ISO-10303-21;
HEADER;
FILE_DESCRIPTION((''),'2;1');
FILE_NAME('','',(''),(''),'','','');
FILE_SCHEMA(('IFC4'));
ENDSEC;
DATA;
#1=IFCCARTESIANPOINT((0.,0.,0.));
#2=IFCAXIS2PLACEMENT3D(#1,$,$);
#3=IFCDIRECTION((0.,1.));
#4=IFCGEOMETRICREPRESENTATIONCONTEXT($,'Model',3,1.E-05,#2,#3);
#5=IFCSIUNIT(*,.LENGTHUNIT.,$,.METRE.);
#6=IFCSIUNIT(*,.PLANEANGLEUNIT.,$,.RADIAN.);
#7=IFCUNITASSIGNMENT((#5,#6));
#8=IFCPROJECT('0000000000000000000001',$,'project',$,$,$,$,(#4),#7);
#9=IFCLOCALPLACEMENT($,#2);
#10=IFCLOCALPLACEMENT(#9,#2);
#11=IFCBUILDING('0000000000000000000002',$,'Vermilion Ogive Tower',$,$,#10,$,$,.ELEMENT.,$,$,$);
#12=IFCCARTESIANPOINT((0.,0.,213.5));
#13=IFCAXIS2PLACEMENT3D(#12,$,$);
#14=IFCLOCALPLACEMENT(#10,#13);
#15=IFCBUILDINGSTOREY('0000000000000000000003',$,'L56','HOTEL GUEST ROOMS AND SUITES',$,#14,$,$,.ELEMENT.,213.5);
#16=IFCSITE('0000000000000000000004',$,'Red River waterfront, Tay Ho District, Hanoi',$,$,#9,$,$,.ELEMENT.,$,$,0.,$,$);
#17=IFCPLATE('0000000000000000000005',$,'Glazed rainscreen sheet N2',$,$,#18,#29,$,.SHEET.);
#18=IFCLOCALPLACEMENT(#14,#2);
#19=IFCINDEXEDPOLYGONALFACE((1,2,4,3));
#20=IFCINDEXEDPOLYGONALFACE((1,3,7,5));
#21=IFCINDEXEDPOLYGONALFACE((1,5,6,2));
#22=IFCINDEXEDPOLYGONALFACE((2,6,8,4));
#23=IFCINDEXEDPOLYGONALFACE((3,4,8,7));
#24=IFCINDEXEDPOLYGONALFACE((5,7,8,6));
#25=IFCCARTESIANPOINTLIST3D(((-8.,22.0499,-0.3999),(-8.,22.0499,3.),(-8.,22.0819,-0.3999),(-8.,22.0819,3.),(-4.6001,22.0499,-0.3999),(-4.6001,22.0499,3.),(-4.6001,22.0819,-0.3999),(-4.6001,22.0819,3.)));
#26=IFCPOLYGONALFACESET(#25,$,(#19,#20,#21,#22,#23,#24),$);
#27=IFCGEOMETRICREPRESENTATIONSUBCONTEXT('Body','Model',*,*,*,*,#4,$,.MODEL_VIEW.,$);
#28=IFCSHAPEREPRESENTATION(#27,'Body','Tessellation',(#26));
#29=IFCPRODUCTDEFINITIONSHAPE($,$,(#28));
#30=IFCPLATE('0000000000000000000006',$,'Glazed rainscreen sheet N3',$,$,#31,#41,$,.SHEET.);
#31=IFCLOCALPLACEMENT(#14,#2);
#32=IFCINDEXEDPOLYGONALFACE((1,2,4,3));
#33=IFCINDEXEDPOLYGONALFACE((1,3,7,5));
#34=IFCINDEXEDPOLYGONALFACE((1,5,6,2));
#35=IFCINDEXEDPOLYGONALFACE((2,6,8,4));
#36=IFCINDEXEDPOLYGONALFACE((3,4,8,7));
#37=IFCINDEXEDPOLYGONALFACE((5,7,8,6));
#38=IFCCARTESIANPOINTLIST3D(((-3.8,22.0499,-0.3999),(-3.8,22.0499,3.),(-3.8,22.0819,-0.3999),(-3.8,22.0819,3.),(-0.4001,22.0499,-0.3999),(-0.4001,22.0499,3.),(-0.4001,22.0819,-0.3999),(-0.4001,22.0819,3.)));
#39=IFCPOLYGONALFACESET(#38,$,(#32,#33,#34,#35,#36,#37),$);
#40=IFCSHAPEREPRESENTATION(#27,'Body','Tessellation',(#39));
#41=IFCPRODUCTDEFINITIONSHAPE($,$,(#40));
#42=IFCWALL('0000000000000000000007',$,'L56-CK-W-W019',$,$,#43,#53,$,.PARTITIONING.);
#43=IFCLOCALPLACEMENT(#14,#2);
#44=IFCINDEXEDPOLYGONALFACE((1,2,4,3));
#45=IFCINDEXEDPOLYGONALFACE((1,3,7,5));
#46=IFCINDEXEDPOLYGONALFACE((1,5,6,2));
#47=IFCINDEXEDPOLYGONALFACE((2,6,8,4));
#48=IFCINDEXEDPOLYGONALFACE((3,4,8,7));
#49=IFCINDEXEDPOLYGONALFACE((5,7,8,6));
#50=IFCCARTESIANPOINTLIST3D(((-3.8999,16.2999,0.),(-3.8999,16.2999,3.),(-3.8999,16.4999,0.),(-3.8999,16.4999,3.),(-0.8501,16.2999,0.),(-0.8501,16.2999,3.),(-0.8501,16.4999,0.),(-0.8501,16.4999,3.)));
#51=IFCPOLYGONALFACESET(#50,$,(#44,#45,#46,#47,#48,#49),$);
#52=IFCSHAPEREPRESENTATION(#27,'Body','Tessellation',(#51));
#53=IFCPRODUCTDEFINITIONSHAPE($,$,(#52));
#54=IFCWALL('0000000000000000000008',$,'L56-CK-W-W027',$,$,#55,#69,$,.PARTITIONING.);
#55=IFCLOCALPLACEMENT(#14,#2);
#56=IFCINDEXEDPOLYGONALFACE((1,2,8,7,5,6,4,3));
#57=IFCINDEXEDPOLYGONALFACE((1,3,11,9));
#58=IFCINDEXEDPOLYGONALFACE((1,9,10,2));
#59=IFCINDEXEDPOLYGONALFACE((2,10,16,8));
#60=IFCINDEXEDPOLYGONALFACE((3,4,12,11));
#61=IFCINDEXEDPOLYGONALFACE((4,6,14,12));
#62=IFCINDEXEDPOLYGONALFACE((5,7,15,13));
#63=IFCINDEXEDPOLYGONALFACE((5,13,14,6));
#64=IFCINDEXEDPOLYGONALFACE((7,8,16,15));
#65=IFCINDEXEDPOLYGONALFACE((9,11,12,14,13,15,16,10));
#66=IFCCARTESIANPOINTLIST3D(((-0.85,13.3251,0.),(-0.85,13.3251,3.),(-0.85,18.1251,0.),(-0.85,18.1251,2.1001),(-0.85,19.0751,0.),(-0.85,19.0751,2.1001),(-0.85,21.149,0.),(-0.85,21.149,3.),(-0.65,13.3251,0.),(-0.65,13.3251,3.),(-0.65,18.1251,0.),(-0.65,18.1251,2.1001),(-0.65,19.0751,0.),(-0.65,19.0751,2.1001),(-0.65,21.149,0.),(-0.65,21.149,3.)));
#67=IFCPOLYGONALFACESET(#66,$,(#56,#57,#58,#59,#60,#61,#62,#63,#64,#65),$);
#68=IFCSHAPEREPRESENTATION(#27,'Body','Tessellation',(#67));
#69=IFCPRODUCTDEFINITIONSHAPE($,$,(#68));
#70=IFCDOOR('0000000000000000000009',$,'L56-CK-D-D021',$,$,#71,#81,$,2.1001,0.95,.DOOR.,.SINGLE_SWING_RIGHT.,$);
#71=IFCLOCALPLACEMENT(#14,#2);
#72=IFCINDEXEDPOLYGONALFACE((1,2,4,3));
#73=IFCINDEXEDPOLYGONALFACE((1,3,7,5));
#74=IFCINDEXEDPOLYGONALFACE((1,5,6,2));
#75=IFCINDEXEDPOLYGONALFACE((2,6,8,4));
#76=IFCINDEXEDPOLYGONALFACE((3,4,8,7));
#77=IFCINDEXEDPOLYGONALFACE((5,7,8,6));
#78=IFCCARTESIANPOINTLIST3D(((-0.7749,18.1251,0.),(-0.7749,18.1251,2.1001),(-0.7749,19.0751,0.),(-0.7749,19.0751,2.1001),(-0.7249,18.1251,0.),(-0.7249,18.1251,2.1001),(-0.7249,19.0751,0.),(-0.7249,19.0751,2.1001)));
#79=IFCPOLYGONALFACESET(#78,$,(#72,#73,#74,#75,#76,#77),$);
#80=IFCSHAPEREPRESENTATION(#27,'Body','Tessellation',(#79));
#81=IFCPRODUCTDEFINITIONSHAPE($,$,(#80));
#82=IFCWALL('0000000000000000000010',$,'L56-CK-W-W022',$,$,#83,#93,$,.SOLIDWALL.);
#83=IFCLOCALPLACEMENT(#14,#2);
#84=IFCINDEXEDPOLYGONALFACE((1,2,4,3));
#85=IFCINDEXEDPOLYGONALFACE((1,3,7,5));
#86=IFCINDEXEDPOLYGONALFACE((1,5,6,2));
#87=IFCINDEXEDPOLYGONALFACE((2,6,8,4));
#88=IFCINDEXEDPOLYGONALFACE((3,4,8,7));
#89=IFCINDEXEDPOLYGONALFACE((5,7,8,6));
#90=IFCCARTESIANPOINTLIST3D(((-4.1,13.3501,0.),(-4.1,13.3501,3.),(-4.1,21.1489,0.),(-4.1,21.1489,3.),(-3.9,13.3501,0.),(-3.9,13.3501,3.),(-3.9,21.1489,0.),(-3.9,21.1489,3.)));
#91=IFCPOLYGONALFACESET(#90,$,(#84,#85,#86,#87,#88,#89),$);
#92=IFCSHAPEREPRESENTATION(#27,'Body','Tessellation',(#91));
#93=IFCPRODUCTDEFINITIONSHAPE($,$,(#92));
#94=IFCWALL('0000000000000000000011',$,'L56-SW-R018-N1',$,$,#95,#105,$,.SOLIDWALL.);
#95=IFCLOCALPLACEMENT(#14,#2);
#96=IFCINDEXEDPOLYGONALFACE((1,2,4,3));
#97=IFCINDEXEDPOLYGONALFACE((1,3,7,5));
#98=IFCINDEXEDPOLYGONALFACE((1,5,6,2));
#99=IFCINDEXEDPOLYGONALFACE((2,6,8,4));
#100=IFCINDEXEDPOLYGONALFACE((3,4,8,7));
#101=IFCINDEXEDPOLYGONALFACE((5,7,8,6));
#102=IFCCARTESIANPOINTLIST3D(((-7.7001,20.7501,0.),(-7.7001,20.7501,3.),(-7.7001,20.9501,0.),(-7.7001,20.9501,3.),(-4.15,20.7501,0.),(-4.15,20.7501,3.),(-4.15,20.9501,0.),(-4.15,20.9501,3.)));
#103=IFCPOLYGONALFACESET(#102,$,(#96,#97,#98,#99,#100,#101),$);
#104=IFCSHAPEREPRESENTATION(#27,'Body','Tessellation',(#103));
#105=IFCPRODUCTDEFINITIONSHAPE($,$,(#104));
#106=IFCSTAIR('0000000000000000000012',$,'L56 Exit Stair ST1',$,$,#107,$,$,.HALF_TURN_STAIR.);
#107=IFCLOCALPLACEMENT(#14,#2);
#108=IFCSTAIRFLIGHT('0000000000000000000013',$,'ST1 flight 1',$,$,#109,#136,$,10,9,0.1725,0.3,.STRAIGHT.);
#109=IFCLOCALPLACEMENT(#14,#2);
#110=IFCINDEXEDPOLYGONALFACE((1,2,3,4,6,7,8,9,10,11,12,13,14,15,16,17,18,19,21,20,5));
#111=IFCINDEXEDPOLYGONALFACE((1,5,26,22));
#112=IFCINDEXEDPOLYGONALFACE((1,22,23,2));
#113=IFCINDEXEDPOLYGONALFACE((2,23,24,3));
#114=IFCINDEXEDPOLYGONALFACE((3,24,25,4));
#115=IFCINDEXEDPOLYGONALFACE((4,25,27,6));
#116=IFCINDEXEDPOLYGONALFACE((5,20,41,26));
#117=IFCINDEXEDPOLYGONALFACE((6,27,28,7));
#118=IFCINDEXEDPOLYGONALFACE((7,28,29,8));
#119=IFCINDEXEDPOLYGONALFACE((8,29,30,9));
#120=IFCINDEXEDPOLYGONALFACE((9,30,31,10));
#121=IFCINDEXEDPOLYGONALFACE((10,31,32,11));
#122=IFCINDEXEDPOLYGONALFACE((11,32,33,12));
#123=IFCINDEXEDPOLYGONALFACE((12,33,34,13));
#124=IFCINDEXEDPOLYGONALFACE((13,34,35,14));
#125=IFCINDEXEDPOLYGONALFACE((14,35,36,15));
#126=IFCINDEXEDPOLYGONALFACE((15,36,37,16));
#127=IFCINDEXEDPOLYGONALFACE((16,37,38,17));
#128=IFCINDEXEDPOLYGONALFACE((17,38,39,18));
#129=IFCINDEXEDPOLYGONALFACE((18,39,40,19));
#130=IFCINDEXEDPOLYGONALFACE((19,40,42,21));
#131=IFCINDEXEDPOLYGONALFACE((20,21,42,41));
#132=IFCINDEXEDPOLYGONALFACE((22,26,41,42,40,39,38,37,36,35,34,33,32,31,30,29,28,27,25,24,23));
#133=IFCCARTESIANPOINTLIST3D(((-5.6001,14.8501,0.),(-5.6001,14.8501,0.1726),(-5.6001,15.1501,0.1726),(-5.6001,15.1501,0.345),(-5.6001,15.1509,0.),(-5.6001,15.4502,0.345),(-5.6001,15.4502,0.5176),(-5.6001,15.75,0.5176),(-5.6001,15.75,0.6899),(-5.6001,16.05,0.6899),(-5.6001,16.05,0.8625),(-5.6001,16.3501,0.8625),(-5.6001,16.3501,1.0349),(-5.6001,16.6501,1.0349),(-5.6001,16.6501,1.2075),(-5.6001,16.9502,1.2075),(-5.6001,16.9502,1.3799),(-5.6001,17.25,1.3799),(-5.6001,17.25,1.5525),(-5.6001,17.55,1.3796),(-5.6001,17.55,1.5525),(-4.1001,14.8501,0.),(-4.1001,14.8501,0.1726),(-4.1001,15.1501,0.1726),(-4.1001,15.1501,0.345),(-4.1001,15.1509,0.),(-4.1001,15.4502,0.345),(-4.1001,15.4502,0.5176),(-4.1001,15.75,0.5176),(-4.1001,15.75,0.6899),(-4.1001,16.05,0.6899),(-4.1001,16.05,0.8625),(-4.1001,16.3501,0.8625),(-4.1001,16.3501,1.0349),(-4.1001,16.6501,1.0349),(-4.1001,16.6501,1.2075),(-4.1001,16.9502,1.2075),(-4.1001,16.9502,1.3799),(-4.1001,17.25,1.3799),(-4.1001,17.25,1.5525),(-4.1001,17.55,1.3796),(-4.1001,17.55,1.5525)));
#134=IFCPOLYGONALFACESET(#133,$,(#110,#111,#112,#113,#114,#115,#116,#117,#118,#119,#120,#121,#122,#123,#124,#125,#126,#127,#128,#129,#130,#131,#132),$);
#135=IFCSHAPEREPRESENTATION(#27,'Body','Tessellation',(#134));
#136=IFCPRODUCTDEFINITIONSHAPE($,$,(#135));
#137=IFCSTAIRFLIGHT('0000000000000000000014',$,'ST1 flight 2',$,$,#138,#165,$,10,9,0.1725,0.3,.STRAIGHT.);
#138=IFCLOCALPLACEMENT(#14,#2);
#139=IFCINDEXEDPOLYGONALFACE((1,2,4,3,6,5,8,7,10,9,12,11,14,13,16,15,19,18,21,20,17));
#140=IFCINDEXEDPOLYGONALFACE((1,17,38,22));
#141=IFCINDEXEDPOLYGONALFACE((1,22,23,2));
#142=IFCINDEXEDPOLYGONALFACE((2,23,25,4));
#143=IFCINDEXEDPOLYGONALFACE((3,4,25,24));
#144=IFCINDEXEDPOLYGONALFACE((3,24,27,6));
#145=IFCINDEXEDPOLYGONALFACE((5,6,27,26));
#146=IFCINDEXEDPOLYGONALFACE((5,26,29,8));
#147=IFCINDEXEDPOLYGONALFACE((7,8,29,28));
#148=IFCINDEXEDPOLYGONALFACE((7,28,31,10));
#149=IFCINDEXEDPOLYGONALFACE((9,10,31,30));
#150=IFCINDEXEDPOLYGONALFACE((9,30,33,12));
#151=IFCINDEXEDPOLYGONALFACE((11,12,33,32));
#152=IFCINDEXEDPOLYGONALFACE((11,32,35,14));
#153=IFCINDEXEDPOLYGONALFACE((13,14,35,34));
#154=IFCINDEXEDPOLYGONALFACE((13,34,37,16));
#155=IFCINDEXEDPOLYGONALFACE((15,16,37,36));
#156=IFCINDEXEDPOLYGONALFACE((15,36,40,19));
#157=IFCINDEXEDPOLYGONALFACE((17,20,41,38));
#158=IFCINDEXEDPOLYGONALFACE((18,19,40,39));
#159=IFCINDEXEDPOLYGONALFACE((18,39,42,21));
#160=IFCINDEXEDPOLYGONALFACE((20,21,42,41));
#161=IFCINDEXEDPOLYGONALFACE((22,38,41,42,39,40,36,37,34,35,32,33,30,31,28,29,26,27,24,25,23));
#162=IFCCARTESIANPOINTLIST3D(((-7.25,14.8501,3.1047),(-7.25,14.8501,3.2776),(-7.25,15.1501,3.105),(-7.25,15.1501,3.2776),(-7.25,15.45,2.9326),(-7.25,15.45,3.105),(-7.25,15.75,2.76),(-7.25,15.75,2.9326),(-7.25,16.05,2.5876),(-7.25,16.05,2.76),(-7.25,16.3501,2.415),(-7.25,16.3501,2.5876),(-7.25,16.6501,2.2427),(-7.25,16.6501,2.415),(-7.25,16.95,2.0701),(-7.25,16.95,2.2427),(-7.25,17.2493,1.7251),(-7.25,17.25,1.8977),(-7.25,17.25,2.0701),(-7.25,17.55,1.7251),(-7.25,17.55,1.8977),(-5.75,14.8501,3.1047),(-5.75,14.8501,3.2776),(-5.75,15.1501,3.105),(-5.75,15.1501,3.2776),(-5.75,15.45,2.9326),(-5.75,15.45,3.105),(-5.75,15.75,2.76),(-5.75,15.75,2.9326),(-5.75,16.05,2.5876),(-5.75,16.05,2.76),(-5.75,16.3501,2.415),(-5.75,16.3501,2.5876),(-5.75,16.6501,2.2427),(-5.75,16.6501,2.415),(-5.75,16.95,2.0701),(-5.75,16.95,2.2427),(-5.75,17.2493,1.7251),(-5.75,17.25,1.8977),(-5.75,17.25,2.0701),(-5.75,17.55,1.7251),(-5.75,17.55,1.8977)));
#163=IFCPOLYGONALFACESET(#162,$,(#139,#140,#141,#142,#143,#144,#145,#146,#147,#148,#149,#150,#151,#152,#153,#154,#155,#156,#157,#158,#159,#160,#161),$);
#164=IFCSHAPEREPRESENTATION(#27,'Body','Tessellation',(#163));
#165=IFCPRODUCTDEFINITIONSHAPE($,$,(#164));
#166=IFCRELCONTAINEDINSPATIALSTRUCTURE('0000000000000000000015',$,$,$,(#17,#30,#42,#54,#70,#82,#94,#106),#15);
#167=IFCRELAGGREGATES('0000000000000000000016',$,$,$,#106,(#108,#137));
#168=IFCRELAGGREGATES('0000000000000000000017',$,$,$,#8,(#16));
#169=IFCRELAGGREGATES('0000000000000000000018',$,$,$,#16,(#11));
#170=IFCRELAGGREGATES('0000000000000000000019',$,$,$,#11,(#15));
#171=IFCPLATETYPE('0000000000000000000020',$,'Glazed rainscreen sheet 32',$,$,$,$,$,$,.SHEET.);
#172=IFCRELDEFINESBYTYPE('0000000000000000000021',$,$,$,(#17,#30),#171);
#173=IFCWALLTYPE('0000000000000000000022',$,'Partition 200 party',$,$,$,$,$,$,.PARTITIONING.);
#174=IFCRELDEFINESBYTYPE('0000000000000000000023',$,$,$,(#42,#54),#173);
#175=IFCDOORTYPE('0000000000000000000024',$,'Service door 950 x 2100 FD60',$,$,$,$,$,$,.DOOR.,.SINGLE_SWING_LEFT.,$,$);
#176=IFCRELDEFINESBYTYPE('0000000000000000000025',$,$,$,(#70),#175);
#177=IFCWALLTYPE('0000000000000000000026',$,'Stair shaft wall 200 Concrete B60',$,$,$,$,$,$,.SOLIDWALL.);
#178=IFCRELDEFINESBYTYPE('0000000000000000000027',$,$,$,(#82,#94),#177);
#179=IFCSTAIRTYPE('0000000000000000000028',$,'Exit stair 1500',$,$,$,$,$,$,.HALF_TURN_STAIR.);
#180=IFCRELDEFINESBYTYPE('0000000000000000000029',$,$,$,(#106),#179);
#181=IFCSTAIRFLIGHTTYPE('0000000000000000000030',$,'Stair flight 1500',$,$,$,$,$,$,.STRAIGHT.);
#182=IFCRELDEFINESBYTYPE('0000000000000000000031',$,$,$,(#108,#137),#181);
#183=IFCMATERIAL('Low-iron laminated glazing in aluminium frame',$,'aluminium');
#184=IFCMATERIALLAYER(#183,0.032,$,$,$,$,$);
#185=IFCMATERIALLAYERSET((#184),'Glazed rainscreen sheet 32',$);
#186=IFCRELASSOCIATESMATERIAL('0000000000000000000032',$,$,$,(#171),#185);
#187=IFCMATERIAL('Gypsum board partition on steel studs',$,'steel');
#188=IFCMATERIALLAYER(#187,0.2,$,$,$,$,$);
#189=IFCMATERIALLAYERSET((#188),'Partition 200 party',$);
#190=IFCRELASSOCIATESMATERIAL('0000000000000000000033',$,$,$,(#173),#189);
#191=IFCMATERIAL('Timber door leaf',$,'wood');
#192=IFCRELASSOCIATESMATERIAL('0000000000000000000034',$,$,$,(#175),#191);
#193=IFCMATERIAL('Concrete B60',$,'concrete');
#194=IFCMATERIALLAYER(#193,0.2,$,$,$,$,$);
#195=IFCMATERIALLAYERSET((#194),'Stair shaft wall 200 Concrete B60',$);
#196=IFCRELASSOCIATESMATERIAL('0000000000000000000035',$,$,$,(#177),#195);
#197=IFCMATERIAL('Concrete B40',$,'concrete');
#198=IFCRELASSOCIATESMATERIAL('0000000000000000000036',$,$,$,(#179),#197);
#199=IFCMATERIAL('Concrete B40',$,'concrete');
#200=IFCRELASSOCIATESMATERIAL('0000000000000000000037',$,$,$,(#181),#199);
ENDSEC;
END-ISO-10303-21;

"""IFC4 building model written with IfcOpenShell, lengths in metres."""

from ifc_helpers import new_model, si_unit, direction, frame, frame_2d, origin, origin_2d, place, context, subcontext, project, spatial, polyline, rectangle, outline, extrude, material, layer, layer_set, type_object, element, fill, aggregate, save


model = new_model("IFC4")

# Units and contexts
model_context = context("Model", 3, precision=1e-05, world=origin(), true_north=direction((0.0, 1.0)))
body_context = subcontext(model_context, "Body", "Model", "MODEL_VIEW")
ifc_project = project(units=[si_unit("LENGTHUNIT", "METRE"), si_unit("PLANEANGLEUNIT", "RADIAN")], contexts=[model_context])

# Site, building, storey
site_placement = place(None, origin())
site = spatial("IfcSite", under=ifc_project, at=site_placement, Name="Red River waterfront, Tay Ho District, Hanoi", CompositionType="ELEMENT", RefElevation=0.0)
building_placement = place(site_placement, origin())
building = spatial("IfcBuilding", under=site, at=building_placement, Name="Vermilion Ogive Tower", CompositionType="ELEMENT")
storey_placement = place(building_placement, frame((0.0, 0.0, 213.5)))
storey = spatial("IfcBuildingStorey", under=building, at=storey_placement, Name="L56", Description="HOTEL GUEST ROOMS AND SUITES", CompositionType="ELEMENT", Elevation=213.5)

# Plates
ifc_material_1 = material(Name="Low-iron laminated glazing in aluminium frame", Category="aluminium")
ifc_layer_1 = layer(ifc_material_1, 0.032)
ifc_layer_set_1 = layer_set([ifc_layer_1], Name="Glazed rainscreen sheet 32")
plate_type = type_object("IfcPlateType", Name="Glazed rainscreen sheet 32", PredefinedType="SHEET", material=ifc_layer_set_1)
for number, where, z_axis, x_axis, name in (
    (1, (-6.3, 22.0659, -0.3999), (0.0, 0.0, 1.0), (1.0, 0.0, 0.0), "Glazed rainscreen sheet N2"),
    (2, (-2.1001, 22.0659, -0.3999), (0.0, 0.0, 1.0), (1.0, 0.0, 0.0), "Glazed rainscreen sheet N3"),
):
    element("IfcPlate", number, at=place(storey_placement, frame(where, z_axis=z_axis, x_axis=x_axis)), inside=storey, type_object=plate_type, Name=name, PredefinedType="SHEET", context=body_context, shape_type="SweptSolid", body=[
        extrude(rectangle(XDim=3.3999, YDim=0.032, at=origin_2d()), origin(), (0.0, 0.0, 1.0), 3.3999),
    ])

# Wall
ifc_material_2 = material(Name="Gypsum board partition on steel studs", Category="steel")
ifc_layer_2 = layer(ifc_material_2, 0.2)
ifc_layer_set_2 = layer_set([ifc_layer_2], Name="Partition 200 party")
wall_type_1 = type_object("IfcWallType", Name="Partition 200 party", PredefinedType="PARTITIONING", material=ifc_layer_set_2)
wall_1_placement = place(storey_placement, frame((-3.8999, 16.3999, 0.0), z_axis=(0.0, 0.0, 1.0), x_axis=(1.0, 0.0, 0.0)))
element("IfcWall", 3, at=wall_1_placement, inside=storey, type_object=wall_type_1, Name="L56-CK-W-W019", PredefinedType="PARTITIONING", context=body_context, shape_type="SweptSolid", body=[
    extrude(rectangle(XDim=3.0498, YDim=0.2, at=frame_2d((1.5249, 0.0))), origin(), (0.0, 0.0, 1.0), 3.0),
])

# Wall, opening, door
wall_2_placement = place(storey_placement, frame((-0.75, 13.325, 0.0), z_axis=(0.0, 0.0, 1.0), x_axis=(0.0, 1.0, 0.0)))
wall_2 = element("IfcWall", 4, at=wall_2_placement, inside=storey, type_object=wall_type_1, Name="L56-CK-W-W027", PredefinedType="PARTITIONING", context=body_context, shape_type="SweptSolid", body=[
    extrude(rectangle(XDim=7.824, YDim=0.2, at=frame_2d((3.9121, 0.0))), origin(), (0.0, 0.0, 1.0), 3.0),
])
opening_placement = place(wall_2_placement, frame((4.8, 0.0, 0.0)))
opening = element("IfcOpeningElement", 5, at=opening_placement, cuts=wall_2, PredefinedType="OPENING", context=body_context, shape_type="SweptSolid", body=[
    extrude(rectangle(XDim=0.95, YDim=2.1001, at=frame_2d((0.4751, 1.05))), frame((0.0, 0.1099, 0.0), z_axis=(0.0, -1.0, 0.0), x_axis=(1.0, 0.0, 0.0)), (0.0, 0.0, 1.0), 0.22),
])
ifc_material_3 = material(Name="Timber door leaf", Category="wood")
door_type = type_object("IfcDoorType", Name="Service door 950 x 2100 FD60", OperationType="SINGLE_SWING_LEFT", PredefinedType="DOOR", material=ifc_material_3)
door_placement = place(opening_placement, origin())
door = element("IfcDoor", 6, at=door_placement, inside=storey, type_object=door_type, Name="L56-CK-D-D021", OperationType="SINGLE_SWING_RIGHT", OverallHeight=2.1001, OverallWidth=0.95, PredefinedType="DOOR", context=body_context, shape_type="SweptSolid", body=[
    extrude(rectangle(XDim=0.95, YDim=2.1001, at=frame_2d((0.4751, 1.05))), frame((0.0, 0.0249, 0.0), z_axis=(0.0, -1.0, 0.0), x_axis=(1.0, 0.0, 0.0)), (0.0, 0.0, 1.0), 0.05),
])
fill(opening, door)

# Walls
ifc_material_4 = material(Name="Concrete B60", Category="concrete")
ifc_layer_3 = layer(ifc_material_4, 0.2)
ifc_layer_set_3 = layer_set([ifc_layer_3], Name="Stair shaft wall 200 Concrete B60")
wall_type_2 = type_object("IfcWallType", Name="Stair shaft wall 200 Concrete B60", PredefinedType="SOLIDWALL", material=ifc_layer_set_3)
wall_3_placement = place(storey_placement, frame((-4.0, 13.3501, 0.0), z_axis=(0.0, 0.0, 1.0), x_axis=(0.0, 1.0, 0.0)))
element("IfcWall", 7, at=wall_3_placement, inside=storey, type_object=wall_type_2, Name="L56-CK-W-W022", PredefinedType="SOLIDWALL", context=body_context, shape_type="SweptSolid", body=[
    extrude(rectangle(XDim=7.7988, YDim=0.2, at=frame_2d((3.8994, 0.0))), origin(), (0.0, 0.0, 1.0), 3.0),
])
wall_4_placement = place(storey_placement, frame((-7.7, 20.8501, 0.0), z_axis=(0.0, 0.0, 1.0), x_axis=(1.0, 0.0, 0.0)))
element("IfcWall", 8, at=wall_4_placement, inside=storey, type_object=wall_type_2, Name="L56-SW-R018-N1", PredefinedType="SOLIDWALL", context=body_context, shape_type="SweptSolid", body=[
    extrude(rectangle(XDim=3.55, YDim=0.2, at=frame_2d((1.7749, 0.0))), origin(), (0.0, 0.0, 1.0), 3.0),
])

# Stair, stair flights
ifc_material_5 = material(Name="Concrete B40", Category="concrete")
stair_type = type_object("IfcStairType", Name="Exit stair 1500", PredefinedType="HALF_TURN_STAIR", material=ifc_material_5)
stair_placement = place(storey_placement, origin())
stair = element("IfcStair", 9, at=stair_placement, inside=storey, type_object=stair_type, Name="L56 Exit Stair ST1", PredefinedType="HALF_TURN_STAIR")
ifc_material_6 = material(Name="Concrete B40", Category="concrete")
stair_flight_type = type_object("IfcStairFlightType", Name="Stair flight 1500", PredefinedType="STRAIGHT", material=ifc_material_6)
stair_flight_1_placement = place(storey_placement, frame((-4.8501, 14.8501, 0.0), z_axis=(0.0, 0.0, 1.0), x_axis=(0.0, 1.0, 0.0)))
stair_flight_1 = element("IfcStairFlight", 10, at=stair_flight_1_placement, type_object=stair_flight_type, Name="ST1 flight 1", NumberOfRisers=10, NumberOfTreads=9, PredefinedType="STRAIGHT", RiserHeight=0.1725, TreadLength=0.3, context=body_context, shape_type="SweptSolid", body=[
    extrude(outline(polyline([(0.0, 0.0), (0.0, 0.1726), (0.3, 0.1726), (0.3, 0.345), (0.6001, 0.345), (0.6001, 0.5176), (0.8999, 0.5176), (0.8999, 0.6899), (1.2, 0.6899), (1.2, 0.8625), (1.5, 0.8625), (1.5, 1.0349), (1.8, 1.0349), (1.8, 1.2075), (2.1001, 1.2075), (2.1001, 1.3799), (2.3999, 1.3799), (2.3999, 1.5525), (2.7, 1.5525), (2.7, 1.7251), (2.7, 1.3796), (0.3008, 0.0), (0.0, 0.0)])), frame((0.0, 0.75, 0.0), z_axis=(0.0, -1.0, 0.0), x_axis=(1.0, 0.0, 0.0)), (0.0, 0.0, 1.0), 1.5),
])
stair_flight_2_placement = place(storey_placement, frame((-6.5, 17.55, 1.7251), z_axis=(0.0, 0.0, 1.0), x_axis=(0.0, -1.0, 0.0)))
stair_flight_2 = element("IfcStairFlight", 11, at=stair_flight_2_placement, type_object=stair_flight_type, Name="ST1 flight 2", NumberOfRisers=10, NumberOfTreads=9, PredefinedType="STRAIGHT", RiserHeight=0.1725, TreadLength=0.3, context=body_context, shape_type="SweptSolid", body=[
    extrude(outline(polyline([(0.0, 0.0), (0.0, 0.1726), (0.3, 0.1726), (0.3, 0.345), (0.6001, 0.345), (0.6001, 0.5176), (0.8999, 0.5176), (0.8999, 0.6899), (1.2, 0.6899), (1.2, 0.8625), (1.5, 0.8625), (1.5, 1.0349), (1.8, 1.0349), (1.8, 1.2075), (2.1001, 1.2075), (2.1001, 1.3799), (2.3999, 1.3799), (2.3999, 1.5525), (2.7, 1.5525), (2.7, 1.7251), (2.7, 1.3796), (0.3008, 0.0), (0.0, 0.0)])), frame((0.0, 0.75, 0.0), z_axis=(0.0, -1.0, 0.0), x_axis=(1.0, 0.0, 0.0)), (0.0, 0.0, 1.0), 1.5),
])
aggregate(stair, [stair_flight_1, stair_flight_2])

save(model, "model.ifc")
